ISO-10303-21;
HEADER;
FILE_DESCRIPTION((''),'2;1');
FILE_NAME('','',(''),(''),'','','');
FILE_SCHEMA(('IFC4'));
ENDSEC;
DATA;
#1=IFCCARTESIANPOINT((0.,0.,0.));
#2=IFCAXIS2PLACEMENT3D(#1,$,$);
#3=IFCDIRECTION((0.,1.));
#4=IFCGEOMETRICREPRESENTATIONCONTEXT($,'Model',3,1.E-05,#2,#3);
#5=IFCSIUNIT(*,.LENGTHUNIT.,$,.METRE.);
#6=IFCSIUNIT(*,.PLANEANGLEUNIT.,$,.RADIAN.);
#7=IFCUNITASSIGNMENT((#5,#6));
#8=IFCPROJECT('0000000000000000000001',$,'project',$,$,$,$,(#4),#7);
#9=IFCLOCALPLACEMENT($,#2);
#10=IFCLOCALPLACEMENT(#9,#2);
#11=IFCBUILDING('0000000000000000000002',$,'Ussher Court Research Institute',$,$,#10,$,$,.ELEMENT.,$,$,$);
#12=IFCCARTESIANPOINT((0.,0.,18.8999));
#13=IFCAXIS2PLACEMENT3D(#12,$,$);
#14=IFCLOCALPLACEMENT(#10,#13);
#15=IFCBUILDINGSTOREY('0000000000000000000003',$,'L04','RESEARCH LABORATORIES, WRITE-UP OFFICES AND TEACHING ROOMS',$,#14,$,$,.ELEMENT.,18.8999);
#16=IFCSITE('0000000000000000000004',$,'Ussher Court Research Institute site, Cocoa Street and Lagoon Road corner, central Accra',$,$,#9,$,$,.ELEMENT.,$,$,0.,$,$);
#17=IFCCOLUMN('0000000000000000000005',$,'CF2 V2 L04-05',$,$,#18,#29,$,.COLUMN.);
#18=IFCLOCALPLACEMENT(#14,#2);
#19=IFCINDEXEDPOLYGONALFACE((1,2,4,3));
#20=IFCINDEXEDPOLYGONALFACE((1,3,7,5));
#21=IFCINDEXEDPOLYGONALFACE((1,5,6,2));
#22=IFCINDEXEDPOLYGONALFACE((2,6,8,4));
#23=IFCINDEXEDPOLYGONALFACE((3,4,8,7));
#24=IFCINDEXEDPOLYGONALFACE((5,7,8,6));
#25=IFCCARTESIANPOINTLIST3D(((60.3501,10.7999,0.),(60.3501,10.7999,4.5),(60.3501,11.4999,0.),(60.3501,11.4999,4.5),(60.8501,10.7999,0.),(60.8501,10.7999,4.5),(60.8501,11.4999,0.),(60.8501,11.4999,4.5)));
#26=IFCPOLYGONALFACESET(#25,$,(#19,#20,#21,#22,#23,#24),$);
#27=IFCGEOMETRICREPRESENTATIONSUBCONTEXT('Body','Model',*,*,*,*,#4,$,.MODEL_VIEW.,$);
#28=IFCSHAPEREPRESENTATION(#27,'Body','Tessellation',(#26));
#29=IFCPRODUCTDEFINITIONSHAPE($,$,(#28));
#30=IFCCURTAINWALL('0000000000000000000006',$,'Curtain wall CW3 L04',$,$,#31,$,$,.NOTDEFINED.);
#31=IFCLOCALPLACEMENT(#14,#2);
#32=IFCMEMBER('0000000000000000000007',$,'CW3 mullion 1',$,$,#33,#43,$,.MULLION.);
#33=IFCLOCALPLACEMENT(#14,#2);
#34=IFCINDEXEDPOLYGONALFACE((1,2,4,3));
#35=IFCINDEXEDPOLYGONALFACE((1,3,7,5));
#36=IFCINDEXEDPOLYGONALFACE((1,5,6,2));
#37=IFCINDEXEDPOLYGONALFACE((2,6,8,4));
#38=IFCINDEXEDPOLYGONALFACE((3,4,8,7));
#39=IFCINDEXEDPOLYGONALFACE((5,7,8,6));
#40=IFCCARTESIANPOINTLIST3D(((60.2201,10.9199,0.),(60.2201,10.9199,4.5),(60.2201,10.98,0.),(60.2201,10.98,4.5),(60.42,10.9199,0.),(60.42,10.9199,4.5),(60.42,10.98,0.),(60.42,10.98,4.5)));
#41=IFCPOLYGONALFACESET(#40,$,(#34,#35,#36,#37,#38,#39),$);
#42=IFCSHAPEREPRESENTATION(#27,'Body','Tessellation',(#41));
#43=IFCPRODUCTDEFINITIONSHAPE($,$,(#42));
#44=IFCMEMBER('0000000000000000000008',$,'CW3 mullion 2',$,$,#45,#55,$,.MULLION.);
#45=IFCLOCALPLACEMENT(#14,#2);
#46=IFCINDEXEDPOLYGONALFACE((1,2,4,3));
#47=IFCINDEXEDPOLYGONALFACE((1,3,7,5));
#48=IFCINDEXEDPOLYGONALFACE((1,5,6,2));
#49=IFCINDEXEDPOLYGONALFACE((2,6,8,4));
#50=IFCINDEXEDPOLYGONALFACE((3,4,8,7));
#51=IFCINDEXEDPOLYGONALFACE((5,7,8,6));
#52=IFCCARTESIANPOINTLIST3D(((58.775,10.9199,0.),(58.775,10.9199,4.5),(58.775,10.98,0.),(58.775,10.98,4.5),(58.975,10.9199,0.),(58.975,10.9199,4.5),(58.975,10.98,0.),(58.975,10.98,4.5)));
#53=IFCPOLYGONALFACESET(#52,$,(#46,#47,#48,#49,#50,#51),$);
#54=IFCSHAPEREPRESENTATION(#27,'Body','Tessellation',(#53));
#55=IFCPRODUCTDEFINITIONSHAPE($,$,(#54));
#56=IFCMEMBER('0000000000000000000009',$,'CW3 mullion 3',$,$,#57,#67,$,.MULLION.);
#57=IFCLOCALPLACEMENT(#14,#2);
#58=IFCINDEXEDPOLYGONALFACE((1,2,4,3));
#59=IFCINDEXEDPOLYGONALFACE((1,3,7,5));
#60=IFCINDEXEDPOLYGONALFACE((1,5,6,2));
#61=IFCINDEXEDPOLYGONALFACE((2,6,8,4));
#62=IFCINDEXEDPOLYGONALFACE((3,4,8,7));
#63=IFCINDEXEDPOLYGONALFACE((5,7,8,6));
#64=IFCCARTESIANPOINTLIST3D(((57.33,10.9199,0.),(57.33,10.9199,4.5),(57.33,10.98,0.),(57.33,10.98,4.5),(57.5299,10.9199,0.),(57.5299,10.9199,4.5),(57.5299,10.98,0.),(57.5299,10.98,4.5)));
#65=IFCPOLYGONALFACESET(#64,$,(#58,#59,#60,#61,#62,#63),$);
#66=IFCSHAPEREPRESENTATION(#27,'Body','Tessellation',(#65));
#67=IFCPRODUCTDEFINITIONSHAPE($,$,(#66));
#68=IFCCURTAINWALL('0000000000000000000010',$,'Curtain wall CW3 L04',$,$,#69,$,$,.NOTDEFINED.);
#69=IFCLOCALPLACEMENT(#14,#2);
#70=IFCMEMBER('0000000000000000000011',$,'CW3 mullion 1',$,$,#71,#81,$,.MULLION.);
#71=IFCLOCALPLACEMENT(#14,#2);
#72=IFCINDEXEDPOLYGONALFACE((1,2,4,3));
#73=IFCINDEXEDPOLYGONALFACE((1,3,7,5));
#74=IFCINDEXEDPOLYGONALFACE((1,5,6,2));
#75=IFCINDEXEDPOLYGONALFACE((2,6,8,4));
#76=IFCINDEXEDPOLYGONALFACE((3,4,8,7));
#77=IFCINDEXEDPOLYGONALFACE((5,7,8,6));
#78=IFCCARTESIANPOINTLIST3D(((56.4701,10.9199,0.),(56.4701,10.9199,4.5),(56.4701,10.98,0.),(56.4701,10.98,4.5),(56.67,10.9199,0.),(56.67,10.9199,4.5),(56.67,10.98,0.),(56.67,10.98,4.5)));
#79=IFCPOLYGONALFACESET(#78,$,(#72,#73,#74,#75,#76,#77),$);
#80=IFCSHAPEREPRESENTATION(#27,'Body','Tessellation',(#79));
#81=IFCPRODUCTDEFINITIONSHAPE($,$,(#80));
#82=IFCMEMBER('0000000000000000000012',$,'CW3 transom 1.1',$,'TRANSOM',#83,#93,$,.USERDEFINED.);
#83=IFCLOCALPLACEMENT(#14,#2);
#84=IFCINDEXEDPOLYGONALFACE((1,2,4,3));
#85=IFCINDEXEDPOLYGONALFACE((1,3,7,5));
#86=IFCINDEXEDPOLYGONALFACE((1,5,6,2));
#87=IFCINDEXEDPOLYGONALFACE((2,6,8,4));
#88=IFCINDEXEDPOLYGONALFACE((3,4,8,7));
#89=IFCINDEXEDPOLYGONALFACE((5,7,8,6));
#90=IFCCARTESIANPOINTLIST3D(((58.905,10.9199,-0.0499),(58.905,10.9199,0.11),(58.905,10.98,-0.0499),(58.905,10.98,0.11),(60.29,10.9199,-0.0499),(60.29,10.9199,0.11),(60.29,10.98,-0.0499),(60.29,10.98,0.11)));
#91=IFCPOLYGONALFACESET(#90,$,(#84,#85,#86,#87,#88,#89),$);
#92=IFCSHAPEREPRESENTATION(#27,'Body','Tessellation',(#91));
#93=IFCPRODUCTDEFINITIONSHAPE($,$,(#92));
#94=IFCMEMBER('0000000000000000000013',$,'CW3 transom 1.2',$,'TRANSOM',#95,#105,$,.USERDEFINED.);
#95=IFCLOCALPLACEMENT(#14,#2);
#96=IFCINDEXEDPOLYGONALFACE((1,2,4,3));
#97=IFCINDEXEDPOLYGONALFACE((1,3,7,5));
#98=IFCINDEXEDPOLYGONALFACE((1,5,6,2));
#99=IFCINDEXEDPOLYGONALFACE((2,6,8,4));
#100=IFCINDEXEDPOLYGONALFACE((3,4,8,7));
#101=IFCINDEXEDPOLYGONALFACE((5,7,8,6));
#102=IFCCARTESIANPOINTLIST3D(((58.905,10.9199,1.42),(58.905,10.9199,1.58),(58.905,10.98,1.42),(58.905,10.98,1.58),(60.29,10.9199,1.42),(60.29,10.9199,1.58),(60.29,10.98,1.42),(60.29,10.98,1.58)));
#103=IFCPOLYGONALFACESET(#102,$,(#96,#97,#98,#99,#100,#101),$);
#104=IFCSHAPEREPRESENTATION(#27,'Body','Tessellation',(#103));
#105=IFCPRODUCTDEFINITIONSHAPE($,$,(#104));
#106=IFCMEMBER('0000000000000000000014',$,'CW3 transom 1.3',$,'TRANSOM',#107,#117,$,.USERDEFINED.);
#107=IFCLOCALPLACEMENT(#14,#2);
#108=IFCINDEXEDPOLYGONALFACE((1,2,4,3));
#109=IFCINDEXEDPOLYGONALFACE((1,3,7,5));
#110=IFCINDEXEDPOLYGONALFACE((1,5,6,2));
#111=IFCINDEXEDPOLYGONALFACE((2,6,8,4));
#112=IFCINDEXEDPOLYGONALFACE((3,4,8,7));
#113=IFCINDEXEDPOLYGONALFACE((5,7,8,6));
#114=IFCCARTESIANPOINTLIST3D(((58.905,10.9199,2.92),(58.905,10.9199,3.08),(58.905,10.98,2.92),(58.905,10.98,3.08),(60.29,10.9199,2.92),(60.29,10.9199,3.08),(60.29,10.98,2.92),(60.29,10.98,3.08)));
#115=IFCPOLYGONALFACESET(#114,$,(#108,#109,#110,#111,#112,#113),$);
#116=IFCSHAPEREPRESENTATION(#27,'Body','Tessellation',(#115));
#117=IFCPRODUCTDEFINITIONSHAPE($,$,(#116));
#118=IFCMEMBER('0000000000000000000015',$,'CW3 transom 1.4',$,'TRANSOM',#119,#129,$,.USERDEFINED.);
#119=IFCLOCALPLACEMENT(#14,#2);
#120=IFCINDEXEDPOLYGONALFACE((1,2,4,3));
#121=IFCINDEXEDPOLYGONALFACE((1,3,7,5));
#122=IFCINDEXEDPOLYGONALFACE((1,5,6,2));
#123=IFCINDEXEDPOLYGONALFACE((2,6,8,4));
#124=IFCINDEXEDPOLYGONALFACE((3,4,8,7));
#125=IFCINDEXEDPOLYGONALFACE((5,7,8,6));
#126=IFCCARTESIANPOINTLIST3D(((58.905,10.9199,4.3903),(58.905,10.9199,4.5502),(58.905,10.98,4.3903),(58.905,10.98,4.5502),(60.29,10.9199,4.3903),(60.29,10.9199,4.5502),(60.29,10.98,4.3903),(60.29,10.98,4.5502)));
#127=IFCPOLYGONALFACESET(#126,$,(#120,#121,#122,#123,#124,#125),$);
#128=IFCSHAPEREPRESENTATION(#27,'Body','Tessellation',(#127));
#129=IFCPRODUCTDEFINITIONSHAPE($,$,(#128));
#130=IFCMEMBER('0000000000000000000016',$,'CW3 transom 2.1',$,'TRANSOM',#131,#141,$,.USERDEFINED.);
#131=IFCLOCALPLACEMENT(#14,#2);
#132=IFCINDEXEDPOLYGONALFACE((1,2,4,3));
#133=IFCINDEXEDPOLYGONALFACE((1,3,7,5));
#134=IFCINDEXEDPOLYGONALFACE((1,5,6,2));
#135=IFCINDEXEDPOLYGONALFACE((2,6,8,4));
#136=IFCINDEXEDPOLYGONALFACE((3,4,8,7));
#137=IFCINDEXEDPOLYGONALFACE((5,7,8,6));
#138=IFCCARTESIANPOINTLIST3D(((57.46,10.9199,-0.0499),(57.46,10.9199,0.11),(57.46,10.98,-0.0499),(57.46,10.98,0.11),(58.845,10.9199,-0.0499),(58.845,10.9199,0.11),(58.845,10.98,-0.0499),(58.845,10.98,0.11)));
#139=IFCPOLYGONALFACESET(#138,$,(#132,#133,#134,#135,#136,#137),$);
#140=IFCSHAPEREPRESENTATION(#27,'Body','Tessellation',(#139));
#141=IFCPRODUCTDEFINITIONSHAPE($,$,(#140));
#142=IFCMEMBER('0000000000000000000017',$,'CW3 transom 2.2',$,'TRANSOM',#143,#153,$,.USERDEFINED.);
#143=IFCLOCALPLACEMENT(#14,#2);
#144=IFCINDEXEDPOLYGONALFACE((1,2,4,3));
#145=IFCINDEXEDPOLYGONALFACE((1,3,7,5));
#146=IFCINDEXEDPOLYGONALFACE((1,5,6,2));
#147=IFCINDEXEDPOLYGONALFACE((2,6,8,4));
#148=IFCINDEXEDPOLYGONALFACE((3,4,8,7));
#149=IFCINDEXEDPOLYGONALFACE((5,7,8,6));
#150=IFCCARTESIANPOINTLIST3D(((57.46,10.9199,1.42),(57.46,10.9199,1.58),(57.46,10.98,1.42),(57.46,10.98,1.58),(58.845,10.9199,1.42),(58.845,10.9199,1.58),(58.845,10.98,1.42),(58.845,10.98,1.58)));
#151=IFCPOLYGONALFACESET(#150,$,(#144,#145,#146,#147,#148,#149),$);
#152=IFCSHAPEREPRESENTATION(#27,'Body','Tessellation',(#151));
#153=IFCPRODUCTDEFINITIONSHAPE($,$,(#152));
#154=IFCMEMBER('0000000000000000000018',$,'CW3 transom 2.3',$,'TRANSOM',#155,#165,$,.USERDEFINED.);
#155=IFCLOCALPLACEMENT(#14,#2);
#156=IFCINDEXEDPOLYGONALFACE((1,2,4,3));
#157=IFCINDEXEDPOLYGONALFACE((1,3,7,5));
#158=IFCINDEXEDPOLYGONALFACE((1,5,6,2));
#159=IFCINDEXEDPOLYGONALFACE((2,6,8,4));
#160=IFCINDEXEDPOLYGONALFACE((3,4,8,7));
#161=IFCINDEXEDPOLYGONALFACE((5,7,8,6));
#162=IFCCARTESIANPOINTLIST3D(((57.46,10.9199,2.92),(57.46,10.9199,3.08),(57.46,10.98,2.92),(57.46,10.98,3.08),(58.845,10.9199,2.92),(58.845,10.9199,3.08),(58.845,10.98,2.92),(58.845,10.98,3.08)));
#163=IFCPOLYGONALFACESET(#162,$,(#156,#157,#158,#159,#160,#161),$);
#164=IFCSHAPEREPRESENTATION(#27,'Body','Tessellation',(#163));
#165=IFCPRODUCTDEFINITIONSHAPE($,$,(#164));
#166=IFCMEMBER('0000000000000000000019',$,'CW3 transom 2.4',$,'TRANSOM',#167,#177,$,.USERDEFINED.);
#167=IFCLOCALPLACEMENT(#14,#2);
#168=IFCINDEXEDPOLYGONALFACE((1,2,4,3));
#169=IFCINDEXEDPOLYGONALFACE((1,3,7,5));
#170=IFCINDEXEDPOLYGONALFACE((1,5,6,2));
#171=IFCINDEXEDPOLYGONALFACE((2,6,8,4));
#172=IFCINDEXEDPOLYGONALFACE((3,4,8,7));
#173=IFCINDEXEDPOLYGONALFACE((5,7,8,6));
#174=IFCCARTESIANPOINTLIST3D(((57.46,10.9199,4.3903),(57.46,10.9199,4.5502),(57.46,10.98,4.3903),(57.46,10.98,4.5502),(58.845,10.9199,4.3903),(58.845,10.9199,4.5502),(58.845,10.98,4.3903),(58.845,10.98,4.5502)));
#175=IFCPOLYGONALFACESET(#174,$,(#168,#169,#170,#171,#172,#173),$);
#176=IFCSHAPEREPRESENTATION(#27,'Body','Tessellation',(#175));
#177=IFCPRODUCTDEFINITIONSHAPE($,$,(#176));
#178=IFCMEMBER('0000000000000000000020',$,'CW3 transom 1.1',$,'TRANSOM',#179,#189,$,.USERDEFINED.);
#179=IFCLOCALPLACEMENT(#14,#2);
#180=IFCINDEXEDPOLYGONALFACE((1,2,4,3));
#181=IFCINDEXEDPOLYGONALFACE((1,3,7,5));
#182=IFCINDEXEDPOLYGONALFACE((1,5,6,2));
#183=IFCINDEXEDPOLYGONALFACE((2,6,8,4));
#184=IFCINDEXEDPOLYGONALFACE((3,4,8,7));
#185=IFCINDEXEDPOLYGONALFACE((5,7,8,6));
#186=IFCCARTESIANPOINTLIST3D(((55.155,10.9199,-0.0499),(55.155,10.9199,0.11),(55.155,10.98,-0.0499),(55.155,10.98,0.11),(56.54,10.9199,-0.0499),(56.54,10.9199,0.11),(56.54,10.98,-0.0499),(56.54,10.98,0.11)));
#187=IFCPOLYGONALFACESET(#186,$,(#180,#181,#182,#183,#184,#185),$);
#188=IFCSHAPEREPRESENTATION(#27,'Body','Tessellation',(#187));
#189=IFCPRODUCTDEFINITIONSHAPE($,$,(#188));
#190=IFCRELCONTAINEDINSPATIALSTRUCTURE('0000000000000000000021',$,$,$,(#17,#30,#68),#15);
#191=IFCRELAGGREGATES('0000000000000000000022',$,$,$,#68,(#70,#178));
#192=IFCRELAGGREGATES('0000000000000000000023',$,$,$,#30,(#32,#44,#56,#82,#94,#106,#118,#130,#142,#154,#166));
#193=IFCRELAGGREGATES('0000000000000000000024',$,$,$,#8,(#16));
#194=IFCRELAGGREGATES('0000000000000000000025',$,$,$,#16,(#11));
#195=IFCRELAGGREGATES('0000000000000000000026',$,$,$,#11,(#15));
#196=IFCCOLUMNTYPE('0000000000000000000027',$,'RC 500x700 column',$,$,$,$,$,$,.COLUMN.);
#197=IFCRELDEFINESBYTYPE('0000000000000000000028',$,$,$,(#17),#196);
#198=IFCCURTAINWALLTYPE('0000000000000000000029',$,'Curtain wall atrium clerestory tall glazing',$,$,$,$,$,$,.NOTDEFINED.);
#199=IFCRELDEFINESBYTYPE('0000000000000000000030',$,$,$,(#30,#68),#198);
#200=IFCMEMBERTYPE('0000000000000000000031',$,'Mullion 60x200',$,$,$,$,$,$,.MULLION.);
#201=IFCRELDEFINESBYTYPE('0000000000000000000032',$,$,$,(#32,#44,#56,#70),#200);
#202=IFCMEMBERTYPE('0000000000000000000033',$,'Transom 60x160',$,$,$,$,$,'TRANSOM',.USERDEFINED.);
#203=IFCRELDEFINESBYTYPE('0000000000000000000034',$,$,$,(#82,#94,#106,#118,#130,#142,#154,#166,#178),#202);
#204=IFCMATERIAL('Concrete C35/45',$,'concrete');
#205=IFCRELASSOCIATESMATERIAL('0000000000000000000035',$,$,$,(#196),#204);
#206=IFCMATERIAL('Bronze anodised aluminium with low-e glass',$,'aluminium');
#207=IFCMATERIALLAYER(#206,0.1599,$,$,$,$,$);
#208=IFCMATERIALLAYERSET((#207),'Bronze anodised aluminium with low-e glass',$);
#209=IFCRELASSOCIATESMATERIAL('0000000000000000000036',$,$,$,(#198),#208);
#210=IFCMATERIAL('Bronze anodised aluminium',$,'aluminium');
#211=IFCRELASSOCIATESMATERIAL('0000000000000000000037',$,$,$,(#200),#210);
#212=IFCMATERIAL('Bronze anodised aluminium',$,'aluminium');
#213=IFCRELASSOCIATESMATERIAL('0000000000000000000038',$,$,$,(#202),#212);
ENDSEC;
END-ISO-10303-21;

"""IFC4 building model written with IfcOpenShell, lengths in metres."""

from ifc_helpers import new_model, si_unit, direction, frame, origin, origin_2d, place, context, subcontext, project, spatial, rectangle, extrude, material, layer, layer_set, material_profile, profile_set, type_object, element, aggregate, save


model = new_model("IFC4")

# Units and contexts
model_context = context("Model", 3, precision=1e-05, world=origin(), true_north=direction((0.0, 1.0)))
body_context = subcontext(model_context, "Body", "Model", "MODEL_VIEW")
ifc_project = project(units=[si_unit("LENGTHUNIT", "METRE"), si_unit("PLANEANGLEUNIT", "RADIAN")], contexts=[model_context])

# Site, building, storey
site_placement = place(None, origin())
site = spatial("IfcSite", under=ifc_project, at=site_placement, Name="Ussher Court Research Institute site, Cocoa Street and Lagoon Road corner, central Accra", CompositionType="ELEMENT", RefElevation=0.0)
building_placement = place(site_placement, origin())
building = spatial("IfcBuilding", under=site, at=building_placement, Name="Ussher Court Research Institute", CompositionType="ELEMENT")
storey_placement = place(building_placement, frame((0.0, 0.0, 18.8999)))
storey = spatial("IfcBuildingStorey", under=building, at=storey_placement, Name="L04", Description="RESEARCH LABORATORIES, WRITE-UP OFFICES AND TEACHING ROOMS", CompositionType="ELEMENT", Elevation=18.8999)

# Column
ifc_material_1 = material(Name="Concrete C35/45", Category="concrete")
ifc_material_profile_1 = material_profile(ifc_material_1, rectangle(XDim=0.5, YDim=0.7, at=origin_2d()), Name="RC 500x700")
ifc_profile_set_1 = profile_set([ifc_material_profile_1], Name="Concrete C35/45")
column_type = type_object("IfcColumnType", Name="RC 500x700 column", PredefinedType="COLUMN", material=ifc_profile_set_1)
column_placement = place(storey_placement, frame((60.6001, 11.1499, 0.0), z_axis=(0.0, 0.0, 1.0), x_axis=(1.0, 0.0, 0.0)))
element("IfcColumn", 1, at=column_placement, inside=storey, type_object=column_type, Name="CF2 V2 L04-05", PredefinedType="COLUMN", context=body_context, shape_type="SweptSolid", body=[
    extrude(rectangle(XDim=0.5, YDim=0.7, at=origin_2d()), origin(), (0.0, 0.0, 1.0), 4.5),
])

# Curtain wall, members
ifc_material_2 = material(Name="Bronze anodised aluminium with low-e glass", Category="aluminium")
ifc_layer_1 = layer(ifc_material_2, 0.1599)
ifc_layer_set_1 = layer_set([ifc_layer_1], Name="Bronze anodised aluminium with low-e glass")
curtain_wall_type = type_object("IfcCurtainWallType", Name="Curtain wall atrium clerestory tall glazing", PredefinedType="NOTDEFINED", material=ifc_layer_set_1)
curtain_wall_1_placement = place(storey_placement, origin())
curtain_wall_1 = element("IfcCurtainWall", 2, at=curtain_wall_1_placement, inside=storey, type_object=curtain_wall_type, Name="Curtain wall CW3 L04", PredefinedType="NOTDEFINED")
ifc_material_3 = material(Name="Bronze anodised aluminium", Category="aluminium")
ifc_material_profile_2 = material_profile(ifc_material_3, rectangle(XDim=0.0601, YDim=0.2, at=origin_2d()), Name="Mullion 60x200")
ifc_profile_set_2 = profile_set([ifc_material_profile_2], Name="Bronze anodised aluminium")
member_type_1 = type_object("IfcMemberType", Name="Mullion 60x200", PredefinedType="MULLION", material=ifc_profile_set_2)
member_1_placement = place(storey_placement, frame((60.3201, 10.95, 0.0), z_axis=(0.0, 0.0, 1.0), x_axis=(0.0, -1.0, 0.0)))
member_1 = element("IfcMember", 3, at=member_1_placement, type_object=member_type_1, Name="CW3 mullion 1", PredefinedType="MULLION", context=body_context, shape_type="SweptSolid", body=[
    extrude(rectangle(XDim=0.0601, YDim=0.2, at=origin_2d()), origin(), (0.0, 0.0, 1.0), 4.5),
])
member_2_placement = place(storey_placement, frame((58.875, 10.95, 0.0), z_axis=(0.0, 0.0, 1.0), x_axis=(0.0, -1.0, 0.0)))
member_2 = element("IfcMember", 4, at=member_2_placement, type_object=member_type_1, Name="CW3 mullion 2", PredefinedType="MULLION", context=body_context, shape_type="SweptSolid", body=[
    extrude(rectangle(XDim=0.0601, YDim=0.2, at=origin_2d()), origin(), (0.0, 0.0, 1.0), 4.5),
])
member_3_placement = place(storey_placement, frame((57.4299, 10.95, 0.0), z_axis=(0.0, 0.0, 1.0), x_axis=(0.0, -1.0, 0.0)))
member_3 = element("IfcMember", 5, at=member_3_placement, type_object=member_type_1, Name="CW3 mullion 3", PredefinedType="MULLION", context=body_context, shape_type="SweptSolid", body=[
    extrude(rectangle(XDim=0.0601, YDim=0.2, at=origin_2d()), origin(), (0.0, 0.0, 1.0), 4.5),
])

# Curtain wall, member
curtain_wall_2_placement = place(storey_placement, origin())
curtain_wall_2 = element("IfcCurtainWall", 6, at=curtain_wall_2_placement, inside=storey, type_object=curtain_wall_type, Name="Curtain wall CW3 L04", PredefinedType="NOTDEFINED")
member_4_placement = place(storey_placement, frame((56.5701, 10.95, 0.0), z_axis=(0.0, 0.0, 1.0), x_axis=(0.0, -1.0, 0.0)))
member_4 = element("IfcMember", 7, at=member_4_placement, type_object=member_type_1, Name="CW3 mullion 1", PredefinedType="MULLION", context=body_context, shape_type="SweptSolid", body=[
    extrude(rectangle(XDim=0.0601, YDim=0.2, at=origin_2d()), origin(), (0.0, 0.0, 1.0), 4.5),
])

# Members
ifc_material_4 = material(Name="Bronze anodised aluminium", Category="aluminium")
ifc_material_profile_3 = material_profile(ifc_material_4, rectangle(XDim=0.0601, YDim=0.1599, at=origin_2d()), Name="Transom 60x160")
ifc_profile_set_3 = profile_set([ifc_material_profile_3], Name="Bronze anodised aluminium")
member_type_2 = type_object("IfcMemberType", Name="Transom 60x160", ElementType="TRANSOM", PredefinedType="USERDEFINED", material=ifc_profile_set_3)
member_5_placement = place(storey_placement, frame((60.29, 10.95, 0.03), z_axis=(-1.0, 0.0, 0.0), x_axis=(0.0, -1.0, 0.0)))
member_5 = element("IfcMember", 8, at=member_5_placement, type_object=member_type_2, Name="CW3 transom 1.1", ObjectType="TRANSOM", PredefinedType="USERDEFINED", context=body_context, shape_type="SweptSolid", body=[
    extrude(rectangle(XDim=0.0601, YDim=0.1599, at=origin_2d()), origin(), (0.0, 0.0, 1.0), 1.385),
])
member_6_placement = place(storey_placement, frame((60.29, 10.95, 1.5), z_axis=(-1.0, 0.0, 0.0), x_axis=(0.0, -1.0, 0.0)))
member_6 = element("IfcMember", 9, at=member_6_placement, type_object=member_type_2, Name="CW3 transom 1.2", ObjectType="TRANSOM", PredefinedType="USERDEFINED", context=body_context, shape_type="SweptSolid", body=[
    extrude(rectangle(XDim=0.0601, YDim=0.1599, at=origin_2d()), origin(), (0.0, 0.0, 1.0), 1.385),
])
member_7_placement = place(storey_placement, frame((60.29, 10.95, 3.0), z_axis=(-1.0, 0.0, 0.0), x_axis=(0.0, -1.0, 0.0)))
member_7 = element("IfcMember", 10, at=member_7_placement, type_object=member_type_2, Name="CW3 transom 1.3", ObjectType="TRANSOM", PredefinedType="USERDEFINED", context=body_context, shape_type="SweptSolid", body=[
    extrude(rectangle(XDim=0.0601, YDim=0.1599, at=origin_2d()), origin(), (0.0, 0.0, 1.0), 1.385),
])
member_8_placement = place(storey_placement, frame((60.29, 10.95, 4.4702), z_axis=(-1.0, 0.0, 0.0), x_axis=(0.0, -1.0, 0.0)))
member_8 = element("IfcMember", 11, at=member_8_placement, type_object=member_type_2, Name="CW3 transom 1.4", ObjectType="TRANSOM", PredefinedType="USERDEFINED", context=body_context, shape_type="SweptSolid", body=[
    extrude(rectangle(XDim=0.0601, YDim=0.1599, at=origin_2d()), origin(), (0.0, 0.0, 1.0), 1.385),
])
member_9_placement = place(storey_placement, frame((58.845, 10.95, 0.03), z_axis=(-1.0, 0.0, 0.0), x_axis=(0.0, -1.0, 0.0)))
member_9 = element("IfcMember", 12, at=member_9_placement, type_object=member_type_2, Name="CW3 transom 2.1", ObjectType="TRANSOM", PredefinedType="USERDEFINED", context=body_context, shape_type="SweptSolid", body=[
    extrude(rectangle(XDim=0.0601, YDim=0.1599, at=origin_2d()), origin(), (0.0, 0.0, 1.0), 1.385),
])
member_10_placement = place(storey_placement, frame((58.845, 10.95, 1.5), z_axis=(-1.0, 0.0, 0.0), x_axis=(0.0, -1.0, 0.0)))
member_10 = element("IfcMember", 13, at=member_10_placement, type_object=member_type_2, Name="CW3 transom 2.2", ObjectType="TRANSOM", PredefinedType="USERDEFINED", context=body_context, shape_type="SweptSolid", body=[
    extrude(rectangle(XDim=0.0601, YDim=0.1599, at=origin_2d()), origin(), (0.0, 0.0, 1.0), 1.385),
])
member_11_placement = place(storey_placement, frame((58.845, 10.95, 3.0), z_axis=(-1.0, 0.0, 0.0), x_axis=(0.0, -1.0, 0.0)))
member_11 = element("IfcMember", 14, at=member_11_placement, type_object=member_type_2, Name="CW3 transom 2.3", ObjectType="TRANSOM", PredefinedType="USERDEFINED", context=body_context, shape_type="SweptSolid", body=[
    extrude(rectangle(XDim=0.0601, YDim=0.1599, at=origin_2d()), origin(), (0.0, 0.0, 1.0), 1.385),
])
member_12_placement = place(storey_placement, frame((58.845, 10.95, 4.4702), z_axis=(-1.0, 0.0, 0.0), x_axis=(0.0, -1.0, 0.0)))
member_12 = element("IfcMember", 15, at=member_12_placement, type_object=member_type_2, Name="CW3 transom 2.4", ObjectType="TRANSOM", PredefinedType="USERDEFINED", context=body_context, shape_type="SweptSolid", body=[
    extrude(rectangle(XDim=0.0601, YDim=0.1599, at=origin_2d()), origin(), (0.0, 0.0, 1.0), 1.385),
])
member_13_placement = place(storey_placement, frame((56.54, 10.95, 0.03), z_axis=(-1.0, 0.0, 0.0), x_axis=(0.0, -1.0, 0.0)))
member_13 = element("IfcMember", 16, at=member_13_placement, type_object=member_type_2, Name="CW3 transom 1.1", ObjectType="TRANSOM", PredefinedType="USERDEFINED", context=body_context, shape_type="SweptSolid", body=[
    extrude(rectangle(XDim=0.0601, YDim=0.1599, at=origin_2d()), origin(), (0.0, 0.0, 1.0), 1.385),
])
aggregate(curtain_wall_2, [member_4, member_13])

aggregate(curtain_wall_1, [member_1, member_2, member_3, member_5, member_6, member_7, member_8, member_9, member_10, member_11, member_12])

save(model, "model.ifc")
